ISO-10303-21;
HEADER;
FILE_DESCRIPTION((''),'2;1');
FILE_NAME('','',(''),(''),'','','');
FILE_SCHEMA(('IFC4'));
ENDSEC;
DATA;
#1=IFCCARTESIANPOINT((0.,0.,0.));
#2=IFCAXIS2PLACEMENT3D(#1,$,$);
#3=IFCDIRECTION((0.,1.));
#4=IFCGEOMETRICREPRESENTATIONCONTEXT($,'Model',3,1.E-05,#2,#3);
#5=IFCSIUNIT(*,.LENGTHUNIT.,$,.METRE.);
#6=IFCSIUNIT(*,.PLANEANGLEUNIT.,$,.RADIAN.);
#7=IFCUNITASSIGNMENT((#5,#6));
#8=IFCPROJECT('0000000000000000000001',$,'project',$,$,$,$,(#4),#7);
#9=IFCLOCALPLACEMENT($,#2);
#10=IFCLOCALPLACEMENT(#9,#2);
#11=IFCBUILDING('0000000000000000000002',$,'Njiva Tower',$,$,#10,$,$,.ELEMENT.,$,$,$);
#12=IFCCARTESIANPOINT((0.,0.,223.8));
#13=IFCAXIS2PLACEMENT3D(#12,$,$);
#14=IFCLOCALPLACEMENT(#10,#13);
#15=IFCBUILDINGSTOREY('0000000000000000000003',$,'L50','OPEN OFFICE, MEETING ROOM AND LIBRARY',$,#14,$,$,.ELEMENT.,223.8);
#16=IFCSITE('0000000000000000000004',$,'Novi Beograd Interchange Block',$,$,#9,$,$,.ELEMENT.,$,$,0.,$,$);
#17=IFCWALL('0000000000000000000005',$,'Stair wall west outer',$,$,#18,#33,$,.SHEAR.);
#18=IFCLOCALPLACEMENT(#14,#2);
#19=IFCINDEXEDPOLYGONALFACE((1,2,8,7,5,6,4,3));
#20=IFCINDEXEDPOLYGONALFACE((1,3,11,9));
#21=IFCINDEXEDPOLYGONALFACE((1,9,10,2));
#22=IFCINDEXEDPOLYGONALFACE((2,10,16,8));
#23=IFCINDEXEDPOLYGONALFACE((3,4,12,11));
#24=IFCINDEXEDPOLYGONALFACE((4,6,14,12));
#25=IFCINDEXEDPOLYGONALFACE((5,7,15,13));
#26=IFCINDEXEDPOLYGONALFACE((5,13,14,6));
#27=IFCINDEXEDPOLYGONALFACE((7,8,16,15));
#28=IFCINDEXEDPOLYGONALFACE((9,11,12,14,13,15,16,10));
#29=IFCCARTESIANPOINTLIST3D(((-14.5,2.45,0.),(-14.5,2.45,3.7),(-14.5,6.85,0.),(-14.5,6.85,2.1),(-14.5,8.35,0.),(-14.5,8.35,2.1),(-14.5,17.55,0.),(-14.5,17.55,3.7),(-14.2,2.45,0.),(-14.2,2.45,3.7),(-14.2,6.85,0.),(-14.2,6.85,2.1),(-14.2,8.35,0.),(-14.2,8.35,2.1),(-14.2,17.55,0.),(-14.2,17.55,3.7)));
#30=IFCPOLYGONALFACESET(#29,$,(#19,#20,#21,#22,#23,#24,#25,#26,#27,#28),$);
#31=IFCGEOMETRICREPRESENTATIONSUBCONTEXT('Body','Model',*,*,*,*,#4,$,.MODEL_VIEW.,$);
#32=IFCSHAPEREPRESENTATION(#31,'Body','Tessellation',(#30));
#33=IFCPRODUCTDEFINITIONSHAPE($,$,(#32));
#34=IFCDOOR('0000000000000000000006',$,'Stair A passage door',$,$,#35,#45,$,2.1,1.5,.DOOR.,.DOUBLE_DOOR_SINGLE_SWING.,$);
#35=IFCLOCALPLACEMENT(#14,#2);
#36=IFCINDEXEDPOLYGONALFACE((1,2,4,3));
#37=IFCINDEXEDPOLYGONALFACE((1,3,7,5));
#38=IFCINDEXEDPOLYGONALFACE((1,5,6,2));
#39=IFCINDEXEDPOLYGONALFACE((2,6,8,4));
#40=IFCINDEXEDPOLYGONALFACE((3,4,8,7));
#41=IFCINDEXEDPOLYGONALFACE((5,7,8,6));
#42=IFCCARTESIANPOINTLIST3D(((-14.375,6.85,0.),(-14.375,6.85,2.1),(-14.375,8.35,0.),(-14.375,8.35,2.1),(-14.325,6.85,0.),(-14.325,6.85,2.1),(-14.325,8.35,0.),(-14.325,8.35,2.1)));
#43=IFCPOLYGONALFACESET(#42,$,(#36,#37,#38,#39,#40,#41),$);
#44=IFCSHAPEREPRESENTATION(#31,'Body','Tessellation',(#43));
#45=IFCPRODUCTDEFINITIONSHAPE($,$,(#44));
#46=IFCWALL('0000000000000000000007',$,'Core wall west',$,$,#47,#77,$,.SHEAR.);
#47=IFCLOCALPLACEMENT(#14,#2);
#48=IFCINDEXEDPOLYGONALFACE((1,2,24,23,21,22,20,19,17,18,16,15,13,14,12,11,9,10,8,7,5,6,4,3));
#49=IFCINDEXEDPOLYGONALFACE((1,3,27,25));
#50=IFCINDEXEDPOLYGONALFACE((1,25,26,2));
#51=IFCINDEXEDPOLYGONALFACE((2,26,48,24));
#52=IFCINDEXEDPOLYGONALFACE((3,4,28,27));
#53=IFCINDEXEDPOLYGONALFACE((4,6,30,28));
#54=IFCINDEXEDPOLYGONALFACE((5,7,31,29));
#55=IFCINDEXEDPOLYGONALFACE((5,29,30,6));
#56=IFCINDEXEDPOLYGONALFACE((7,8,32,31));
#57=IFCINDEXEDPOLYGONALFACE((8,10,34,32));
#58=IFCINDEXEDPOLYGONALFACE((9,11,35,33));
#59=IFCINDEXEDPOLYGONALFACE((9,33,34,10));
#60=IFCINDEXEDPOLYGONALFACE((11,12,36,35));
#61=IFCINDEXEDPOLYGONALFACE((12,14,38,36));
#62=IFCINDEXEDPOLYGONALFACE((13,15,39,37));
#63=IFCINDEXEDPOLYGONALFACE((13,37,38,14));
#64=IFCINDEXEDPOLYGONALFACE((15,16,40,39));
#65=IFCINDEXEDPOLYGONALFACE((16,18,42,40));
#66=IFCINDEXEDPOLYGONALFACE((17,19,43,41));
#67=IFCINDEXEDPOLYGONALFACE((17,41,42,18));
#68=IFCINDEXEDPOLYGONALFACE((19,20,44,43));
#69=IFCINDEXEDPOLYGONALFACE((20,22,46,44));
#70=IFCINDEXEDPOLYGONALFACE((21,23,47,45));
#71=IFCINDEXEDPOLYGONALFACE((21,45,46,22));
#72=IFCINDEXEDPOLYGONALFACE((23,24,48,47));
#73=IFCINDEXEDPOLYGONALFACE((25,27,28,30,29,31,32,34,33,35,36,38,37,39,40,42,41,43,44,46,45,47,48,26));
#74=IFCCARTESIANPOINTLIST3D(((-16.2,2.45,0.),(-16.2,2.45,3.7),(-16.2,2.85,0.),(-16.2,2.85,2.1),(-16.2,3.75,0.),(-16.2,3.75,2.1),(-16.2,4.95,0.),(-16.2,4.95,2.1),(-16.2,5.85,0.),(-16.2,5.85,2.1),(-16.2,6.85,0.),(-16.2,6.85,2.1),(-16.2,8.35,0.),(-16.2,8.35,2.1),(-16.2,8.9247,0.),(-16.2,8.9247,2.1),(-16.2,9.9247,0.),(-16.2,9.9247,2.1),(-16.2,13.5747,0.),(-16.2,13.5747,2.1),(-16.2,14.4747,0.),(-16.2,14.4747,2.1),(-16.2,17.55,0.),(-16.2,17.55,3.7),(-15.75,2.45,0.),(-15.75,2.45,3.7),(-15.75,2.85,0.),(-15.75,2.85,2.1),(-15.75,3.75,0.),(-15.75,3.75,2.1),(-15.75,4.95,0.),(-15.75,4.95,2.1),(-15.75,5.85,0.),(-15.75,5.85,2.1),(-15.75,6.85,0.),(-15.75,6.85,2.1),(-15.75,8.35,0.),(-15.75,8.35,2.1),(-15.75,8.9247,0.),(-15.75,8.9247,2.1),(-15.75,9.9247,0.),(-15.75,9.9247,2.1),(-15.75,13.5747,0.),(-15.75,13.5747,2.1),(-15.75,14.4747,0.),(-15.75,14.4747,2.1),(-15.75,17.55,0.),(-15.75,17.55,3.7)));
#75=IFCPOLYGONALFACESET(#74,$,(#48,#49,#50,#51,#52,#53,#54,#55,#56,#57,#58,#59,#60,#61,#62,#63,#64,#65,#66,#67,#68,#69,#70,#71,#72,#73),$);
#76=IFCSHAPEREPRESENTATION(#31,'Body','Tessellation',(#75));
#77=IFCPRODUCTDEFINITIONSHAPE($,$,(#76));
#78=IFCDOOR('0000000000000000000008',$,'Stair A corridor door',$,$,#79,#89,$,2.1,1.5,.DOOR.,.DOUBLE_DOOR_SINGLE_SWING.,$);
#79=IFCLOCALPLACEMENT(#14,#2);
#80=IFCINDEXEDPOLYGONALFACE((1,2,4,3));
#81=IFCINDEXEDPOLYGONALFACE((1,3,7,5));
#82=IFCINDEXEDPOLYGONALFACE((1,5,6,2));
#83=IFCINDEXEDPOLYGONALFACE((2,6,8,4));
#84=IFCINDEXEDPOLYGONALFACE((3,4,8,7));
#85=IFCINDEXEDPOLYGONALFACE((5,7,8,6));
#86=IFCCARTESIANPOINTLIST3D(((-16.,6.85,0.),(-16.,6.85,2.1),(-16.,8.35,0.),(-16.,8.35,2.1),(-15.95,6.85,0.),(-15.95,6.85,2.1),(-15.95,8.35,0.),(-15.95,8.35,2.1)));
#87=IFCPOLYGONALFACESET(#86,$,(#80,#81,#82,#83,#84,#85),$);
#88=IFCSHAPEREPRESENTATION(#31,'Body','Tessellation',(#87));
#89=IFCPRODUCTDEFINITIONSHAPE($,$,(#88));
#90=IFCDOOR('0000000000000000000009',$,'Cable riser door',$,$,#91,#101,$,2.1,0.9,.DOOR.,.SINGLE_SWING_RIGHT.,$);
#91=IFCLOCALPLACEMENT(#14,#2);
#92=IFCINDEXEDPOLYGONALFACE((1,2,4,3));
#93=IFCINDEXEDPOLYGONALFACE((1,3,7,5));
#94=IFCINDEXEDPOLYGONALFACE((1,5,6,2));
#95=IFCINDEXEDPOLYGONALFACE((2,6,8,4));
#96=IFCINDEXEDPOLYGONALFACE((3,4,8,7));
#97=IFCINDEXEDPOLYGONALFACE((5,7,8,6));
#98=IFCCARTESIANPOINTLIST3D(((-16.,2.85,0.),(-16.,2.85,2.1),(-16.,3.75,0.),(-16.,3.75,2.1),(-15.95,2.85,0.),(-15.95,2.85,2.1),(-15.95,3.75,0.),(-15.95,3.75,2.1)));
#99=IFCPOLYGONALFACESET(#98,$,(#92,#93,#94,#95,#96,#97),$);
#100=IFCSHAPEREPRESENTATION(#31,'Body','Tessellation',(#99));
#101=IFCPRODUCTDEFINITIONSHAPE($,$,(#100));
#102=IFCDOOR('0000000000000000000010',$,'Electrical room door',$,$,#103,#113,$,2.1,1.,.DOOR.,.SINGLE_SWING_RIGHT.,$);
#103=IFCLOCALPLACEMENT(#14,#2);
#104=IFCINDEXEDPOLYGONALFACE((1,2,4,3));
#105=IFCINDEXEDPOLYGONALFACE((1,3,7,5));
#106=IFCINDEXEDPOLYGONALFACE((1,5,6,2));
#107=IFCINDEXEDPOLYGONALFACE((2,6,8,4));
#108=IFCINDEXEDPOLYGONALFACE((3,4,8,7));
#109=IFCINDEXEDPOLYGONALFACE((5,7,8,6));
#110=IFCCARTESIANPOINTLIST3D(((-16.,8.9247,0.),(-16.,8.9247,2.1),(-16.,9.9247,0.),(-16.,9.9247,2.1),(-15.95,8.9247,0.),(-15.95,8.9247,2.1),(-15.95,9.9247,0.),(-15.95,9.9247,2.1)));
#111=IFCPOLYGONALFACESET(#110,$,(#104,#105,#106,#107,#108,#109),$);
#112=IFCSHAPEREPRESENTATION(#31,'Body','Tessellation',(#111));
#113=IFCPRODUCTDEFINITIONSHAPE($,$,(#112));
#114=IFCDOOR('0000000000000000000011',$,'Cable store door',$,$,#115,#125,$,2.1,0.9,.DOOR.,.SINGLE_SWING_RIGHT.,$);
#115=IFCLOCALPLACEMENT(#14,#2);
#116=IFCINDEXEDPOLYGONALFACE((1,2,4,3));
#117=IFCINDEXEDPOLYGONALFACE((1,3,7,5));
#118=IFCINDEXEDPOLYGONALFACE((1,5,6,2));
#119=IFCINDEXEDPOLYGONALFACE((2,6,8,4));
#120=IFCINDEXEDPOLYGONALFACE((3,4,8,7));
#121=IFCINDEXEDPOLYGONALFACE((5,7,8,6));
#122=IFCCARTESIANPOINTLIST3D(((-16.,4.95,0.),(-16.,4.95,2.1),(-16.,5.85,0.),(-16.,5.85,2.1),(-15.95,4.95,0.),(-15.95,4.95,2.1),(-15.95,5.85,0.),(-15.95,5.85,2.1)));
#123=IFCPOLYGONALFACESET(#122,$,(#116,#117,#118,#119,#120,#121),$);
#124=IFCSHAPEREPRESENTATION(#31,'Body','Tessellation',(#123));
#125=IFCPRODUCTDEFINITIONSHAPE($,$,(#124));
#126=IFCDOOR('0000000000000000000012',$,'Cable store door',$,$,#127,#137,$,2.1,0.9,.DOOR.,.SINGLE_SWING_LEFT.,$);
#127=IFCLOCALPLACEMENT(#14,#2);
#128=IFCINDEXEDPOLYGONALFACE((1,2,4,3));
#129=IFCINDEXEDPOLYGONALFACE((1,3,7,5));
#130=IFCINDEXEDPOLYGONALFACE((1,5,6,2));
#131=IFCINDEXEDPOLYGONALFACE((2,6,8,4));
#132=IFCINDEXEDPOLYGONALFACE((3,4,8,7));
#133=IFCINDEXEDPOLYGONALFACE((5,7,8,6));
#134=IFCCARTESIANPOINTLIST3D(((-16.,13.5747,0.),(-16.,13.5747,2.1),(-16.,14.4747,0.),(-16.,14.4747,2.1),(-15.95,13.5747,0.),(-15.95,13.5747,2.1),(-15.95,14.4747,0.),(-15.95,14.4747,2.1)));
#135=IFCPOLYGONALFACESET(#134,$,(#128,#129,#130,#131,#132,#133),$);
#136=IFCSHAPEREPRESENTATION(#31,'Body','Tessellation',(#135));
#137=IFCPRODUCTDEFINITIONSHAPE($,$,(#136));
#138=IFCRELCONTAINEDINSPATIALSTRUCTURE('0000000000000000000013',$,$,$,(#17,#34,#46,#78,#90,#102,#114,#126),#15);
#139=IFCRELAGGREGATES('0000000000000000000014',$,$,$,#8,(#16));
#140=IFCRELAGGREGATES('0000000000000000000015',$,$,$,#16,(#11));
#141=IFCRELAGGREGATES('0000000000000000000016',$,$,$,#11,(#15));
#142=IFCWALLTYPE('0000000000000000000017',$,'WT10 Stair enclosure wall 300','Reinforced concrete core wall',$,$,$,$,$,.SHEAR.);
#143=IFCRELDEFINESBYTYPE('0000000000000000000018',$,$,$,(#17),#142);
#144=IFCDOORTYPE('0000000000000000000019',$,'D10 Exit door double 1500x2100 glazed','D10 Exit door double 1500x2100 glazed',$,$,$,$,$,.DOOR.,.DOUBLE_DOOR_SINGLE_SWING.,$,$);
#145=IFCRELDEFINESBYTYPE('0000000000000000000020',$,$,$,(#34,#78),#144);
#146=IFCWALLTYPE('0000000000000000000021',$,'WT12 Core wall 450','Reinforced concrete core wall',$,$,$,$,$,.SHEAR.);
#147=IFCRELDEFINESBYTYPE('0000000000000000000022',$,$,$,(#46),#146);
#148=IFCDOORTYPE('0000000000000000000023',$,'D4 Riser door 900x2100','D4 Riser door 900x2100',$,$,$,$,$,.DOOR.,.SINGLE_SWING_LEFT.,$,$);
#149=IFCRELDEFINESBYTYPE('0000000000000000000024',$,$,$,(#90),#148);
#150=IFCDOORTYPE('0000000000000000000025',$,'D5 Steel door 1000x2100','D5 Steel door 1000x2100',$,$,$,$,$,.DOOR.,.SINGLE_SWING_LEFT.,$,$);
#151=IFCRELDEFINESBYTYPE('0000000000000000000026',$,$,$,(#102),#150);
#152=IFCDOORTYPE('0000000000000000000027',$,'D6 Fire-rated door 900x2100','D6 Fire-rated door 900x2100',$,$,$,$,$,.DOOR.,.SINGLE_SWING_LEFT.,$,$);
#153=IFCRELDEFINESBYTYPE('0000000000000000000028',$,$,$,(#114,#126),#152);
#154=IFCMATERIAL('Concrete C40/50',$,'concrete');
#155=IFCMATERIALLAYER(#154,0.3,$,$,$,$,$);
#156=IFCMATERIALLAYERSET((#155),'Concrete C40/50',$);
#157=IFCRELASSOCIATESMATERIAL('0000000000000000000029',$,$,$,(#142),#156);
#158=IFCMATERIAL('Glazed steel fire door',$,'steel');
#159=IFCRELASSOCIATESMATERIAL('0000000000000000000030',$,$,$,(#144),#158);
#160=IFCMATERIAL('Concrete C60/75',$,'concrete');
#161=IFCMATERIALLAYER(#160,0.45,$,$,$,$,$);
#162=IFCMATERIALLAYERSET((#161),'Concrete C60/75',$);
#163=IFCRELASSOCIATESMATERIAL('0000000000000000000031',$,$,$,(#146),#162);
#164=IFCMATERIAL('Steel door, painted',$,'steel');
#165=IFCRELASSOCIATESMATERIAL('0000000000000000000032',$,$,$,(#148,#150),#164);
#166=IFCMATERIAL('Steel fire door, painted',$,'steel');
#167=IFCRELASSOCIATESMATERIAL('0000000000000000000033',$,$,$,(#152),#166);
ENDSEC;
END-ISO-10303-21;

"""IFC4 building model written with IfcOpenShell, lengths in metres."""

from ifc_helpers import new_model, si_unit, direction, frame, frame_2d, origin, place, context, subcontext, project, spatial, rectangle, extrude, material, layer, layer_set, type_object, element, fill, save


model = new_model("IFC4")

# Units and contexts
model_context = context("Model", 3, precision=1e-05, world=origin(), true_north=direction((0.0, 1.0)))
body_context = subcontext(model_context, "Body", "Model", "MODEL_VIEW")
ifc_project = project(units=[si_unit("LENGTHUNIT", "METRE"), si_unit("PLANEANGLEUNIT", "RADIAN")], contexts=[model_context])

# Site, building, storey
site_placement = place(None, origin())
site = spatial("IfcSite", under=ifc_project, at=site_placement, Name="Novi Beograd Interchange Block", CompositionType="ELEMENT", RefElevation=0.0)
building_placement = place(site_placement, origin())
building = spatial("IfcBuilding", under=site, at=building_placement, Name="Njiva Tower", CompositionType="ELEMENT")
storey_placement = place(building_placement, frame((0.0, 0.0, 223.8)))
storey = spatial("IfcBuildingStorey", under=building, at=storey_placement, Name="L50", Description="OPEN OFFICE, MEETING ROOM AND LIBRARY", CompositionType="ELEMENT", Elevation=223.8)

# Wall, opening, door
ifc_material_1 = material(Name="Concrete C40/50", Category="concrete")
ifc_layer_1 = layer(ifc_material_1, 0.3)
ifc_layer_set_1 = layer_set([ifc_layer_1], Name="Concrete C40/50")
wall_type_1 = type_object("IfcWallType", Name="WT10 Stair enclosure wall 300", Description="Reinforced concrete core wall", PredefinedType="SHEAR", material=ifc_layer_set_1)
wall_1_placement = place(storey_placement, frame((-14.35, 2.45, 0.0), z_axis=(0.0, 0.0, 1.0), x_axis=(0.0, 1.0, 0.0)))
wall_1 = element("IfcWall", 1, at=wall_1_placement, inside=storey, type_object=wall_type_1, Name="Stair wall west outer", PredefinedType="SHEAR", context=body_context, shape_type="SweptSolid", body=[
    extrude(rectangle(XDim=15.1, YDim=0.3, at=frame_2d((7.55, 0.0))), origin(), (0.0, 0.0, 1.0), 3.7),
])
opening_1_placement = place(wall_1_placement, frame((4.4, 0.0, 0.0)))
opening_1 = element("IfcOpeningElement", 2, at=opening_1_placement, cuts=wall_1, PredefinedType="OPENING", context=body_context, shape_type="SweptSolid", body=[
    extrude(rectangle(XDim=1.5, YDim=2.1, at=frame_2d((0.75, 1.05))), frame((0.0, 0.16, 0.0), z_axis=(0.0, -1.0, 0.0), x_axis=(1.0, 0.0, 0.0)), (0.0, 0.0, 1.0), 0.32),
])
ifc_material_2 = material(Name="Glazed steel fire door", Category="steel")
door_type_1 = type_object("IfcDoorType", Name="D10 Exit door double 1500x2100 glazed", Description="D10 Exit door double 1500x2100 glazed", OperationType="DOUBLE_DOOR_SINGLE_SWING", PredefinedType="DOOR", material=ifc_material_2)
door_1_placement = place(opening_1_placement, origin())
door_1 = element("IfcDoor", 3, at=door_1_placement, inside=storey, type_object=door_type_1, Name="Stair A passage door", OperationType="DOUBLE_DOOR_SINGLE_SWING", OverallHeight=2.1, OverallWidth=1.5, PredefinedType="DOOR", context=body_context, shape_type="SweptSolid", body=[
    extrude(rectangle(XDim=1.5, YDim=2.1, at=frame_2d((0.75, 1.05))), frame((0.0, 0.025, 0.0), z_axis=(0.0, -1.0, 0.0), x_axis=(1.0, 0.0, 0.0)), (0.0, 0.0, 1.0), 0.05),
])
fill(opening_1, door_1)

# Wall, openings, doors
ifc_material_3 = material(Name="Concrete C60/75", Category="concrete")
ifc_layer_2 = layer(ifc_material_3, 0.45)
ifc_layer_set_2 = layer_set([ifc_layer_2], Name="Concrete C60/75")
wall_type_2 = type_object("IfcWallType", Name="WT12 Core wall 450", Description="Reinforced concrete core wall", PredefinedType="SHEAR", material=ifc_layer_set_2)
wall_2_placement = place(storey_placement, frame((-15.975, 2.45, 0.0), z_axis=(0.0, 0.0, 1.0), x_axis=(0.0, 1.0, 0.0)))
wall_2 = element("IfcWall", 4, at=wall_2_placement, inside=storey, type_object=wall_type_2, Name="Core wall west", PredefinedType="SHEAR", context=body_context, shape_type="SweptSolid", body=[
    extrude(rectangle(XDim=15.1, YDim=0.45, at=frame_2d((7.55, 0.0))), origin(), (0.0, 0.0, 1.0), 3.7),
])
opening_2_placement = place(wall_2_placement, frame((4.4, 0.0, 0.0)))
opening_2 = element("IfcOpeningElement", 5, at=opening_2_placement, cuts=wall_2, PredefinedType="OPENING", context=body_context, shape_type="SweptSolid", body=[
    extrude(rectangle(XDim=1.5, YDim=2.1, at=frame_2d((0.75, 1.05))), frame((0.0, 0.235, 0.0), z_axis=(0.0, -1.0, 0.0), x_axis=(1.0, 0.0, 0.0)), (0.0, 0.0, 1.0), 0.47),
])
opening_3_placement = place(wall_2_placement, frame((0.4, 0.0, 0.0)))
opening_3 = element("IfcOpeningElement", 6, at=opening_3_placement, cuts=wall_2, PredefinedType="OPENING", context=body_context, shape_type="SweptSolid", body=[
    extrude(rectangle(XDim=0.9, YDim=2.1, at=frame_2d((0.45, 1.05))), frame((0.0, 0.235, 0.0), z_axis=(0.0, -1.0, 0.0), x_axis=(1.0, 0.0, 0.0)), (0.0, 0.0, 1.0), 0.47),
])
opening_4_placement = place(wall_2_placement, frame((2.5, 0.0, 0.0)))
opening_4 = element("IfcOpeningElement", 7, at=opening_4_placement, cuts=wall_2, PredefinedType="OPENING", context=body_context, shape_type="SweptSolid", body=[
    extrude(rectangle(XDim=0.9, YDim=2.1, at=frame_2d((0.45, 1.05))), frame((0.0, 0.235, 0.0), z_axis=(0.0, -1.0, 0.0), x_axis=(1.0, 0.0, 0.0)), (0.0, 0.0, 1.0), 0.47),
])
opening_5_placement = place(wall_2_placement, frame((6.4747, 0.0, 0.0)))
opening_5 = element("IfcOpeningElement", 8, at=opening_5_placement, cuts=wall_2, PredefinedType="OPENING", context=body_context, shape_type="SweptSolid", body=[
    extrude(rectangle(XDim=1.0, YDim=2.1, at=frame_2d((0.5, 1.05))), frame((0.0, 0.235, 0.0), z_axis=(0.0, -1.0, 0.0), x_axis=(1.0, 0.0, 0.0)), (0.0, 0.0, 1.0), 0.47),
])
opening_6_placement = place(wall_2_placement, frame((11.1247, 0.0, 0.0)))
opening_6 = element("IfcOpeningElement", 9, at=opening_6_placement, cuts=wall_2, PredefinedType="OPENING", context=body_context, shape_type="SweptSolid", body=[
    extrude(rectangle(XDim=0.9, YDim=2.1, at=frame_2d((0.45, 1.05))), frame((0.0, 0.235, 0.0), z_axis=(0.0, -1.0, 0.0), x_axis=(1.0, 0.0, 0.0)), (0.0, 0.0, 1.0), 0.47),
])
door_2_placement = place(opening_2_placement, origin())
door_2 = element("IfcDoor", 10, at=door_2_placement, inside=storey, type_object=door_type_1, Name="Stair A corridor door", OperationType="DOUBLE_DOOR_SINGLE_SWING", OverallHeight=2.1, OverallWidth=1.5, PredefinedType="DOOR", context=body_context, shape_type="SweptSolid", body=[
    extrude(rectangle(XDim=1.5, YDim=2.1, at=frame_2d((0.75, 1.05))), frame((0.0, 0.025, 0.0), z_axis=(0.0, -1.0, 0.0), x_axis=(1.0, 0.0, 0.0)), (0.0, 0.0, 1.0), 0.05),
])
fill(opening_2, door_2)
ifc_material_4 = material(Name="Steel door, painted", Category="steel")
door_type_2 = type_object("IfcDoorType", Name="D4 Riser door 900x2100", Description="D4 Riser door 900x2100", OperationType="SINGLE_SWING_LEFT", PredefinedType="DOOR", material=ifc_material_4)
door_3_placement = place(opening_3_placement, origin())
door_3 = element("IfcDoor", 11, at=door_3_placement, inside=storey, type_object=door_type_2, Name="Cable riser door", OperationType="SINGLE_SWING_RIGHT", OverallHeight=2.1, OverallWidth=0.9, PredefinedType="DOOR", context=body_context, shape_type="SweptSolid", body=[
    extrude(rectangle(XDim=0.9, YDim=2.1, at=frame_2d((0.45, 1.05))), frame((0.0, 0.025, 0.0), z_axis=(0.0, -1.0, 0.0), x_axis=(1.0, 0.0, 0.0)), (0.0, 0.0, 1.0), 0.05),
])
fill(opening_3, door_3)
door_type_3 = type_object("IfcDoorType", Name="D5 Steel door 1000x2100", Description="D5 Steel door 1000x2100", OperationType="SINGLE_SWING_LEFT", PredefinedType="DOOR", material=ifc_material_4)
door_4_placement = place(opening_5_placement, origin())
door_4 = element("IfcDoor", 12, at=door_4_placement, inside=storey, type_object=door_type_3, Name="Electrical room door", OperationType="SINGLE_SWING_RIGHT", OverallHeight=2.1, OverallWidth=1.0, PredefinedType="DOOR", context=body_context, shape_type="SweptSolid", body=[
    extrude(rectangle(XDim=1.0, YDim=2.1, at=frame_2d((0.5, 1.05))), frame((0.0, 0.025, 0.0), z_axis=(0.0, -1.0, 0.0), x_axis=(1.0, 0.0, 0.0)), (0.0, 0.0, 1.0), 0.05),
])
fill(opening_5, door_4)
ifc_material_5 = material(Name="Steel fire door, painted", Category="steel")
door_type_4 = type_object("IfcDoorType", Name="D6 Fire-rated door 900x2100", Description="D6 Fire-rated door 900x2100", OperationType="SINGLE_SWING_LEFT", PredefinedType="DOOR", material=ifc_material_5)
door_5_placement = place(opening_4_placement, origin())
door_5 = element("IfcDoor", 13, at=door_5_placement, inside=storey, type_object=door_type_4, Name="Cable store door", OperationType="SINGLE_SWING_RIGHT", OverallHeight=2.1, OverallWidth=0.9, PredefinedType="DOOR", context=body_context, shape_type="SweptSolid", body=[
    extrude(rectangle(XDim=0.9, YDim=2.1, at=frame_2d((0.45, 1.05))), frame((0.0, 0.025, 0.0), z_axis=(0.0, -1.0, 0.0), x_axis=(1.0, 0.0, 0.0)), (0.0, 0.0, 1.0), 0.05),
])
fill(opening_4, door_5)
door_6_placement = place(opening_6_placement, origin())
door_6 = element("IfcDoor", 14, at=door_6_placement, inside=storey, type_object=door_type_4, Name="Cable store door", OperationType="SINGLE_SWING_LEFT", OverallHeight=2.1, OverallWidth=0.9, PredefinedType="DOOR", context=body_context, shape_type="SweptSolid", body=[
    extrude(rectangle(XDim=0.9, YDim=2.1, at=frame_2d((0.45, 1.05))), frame((0.0, 0.025, 0.0), z_axis=(0.0, -1.0, 0.0), x_axis=(1.0, 0.0, 0.0)), (0.0, 0.0, 1.0), 0.05),
])
fill(opening_6, door_6)

save(model, "model.ifc")
